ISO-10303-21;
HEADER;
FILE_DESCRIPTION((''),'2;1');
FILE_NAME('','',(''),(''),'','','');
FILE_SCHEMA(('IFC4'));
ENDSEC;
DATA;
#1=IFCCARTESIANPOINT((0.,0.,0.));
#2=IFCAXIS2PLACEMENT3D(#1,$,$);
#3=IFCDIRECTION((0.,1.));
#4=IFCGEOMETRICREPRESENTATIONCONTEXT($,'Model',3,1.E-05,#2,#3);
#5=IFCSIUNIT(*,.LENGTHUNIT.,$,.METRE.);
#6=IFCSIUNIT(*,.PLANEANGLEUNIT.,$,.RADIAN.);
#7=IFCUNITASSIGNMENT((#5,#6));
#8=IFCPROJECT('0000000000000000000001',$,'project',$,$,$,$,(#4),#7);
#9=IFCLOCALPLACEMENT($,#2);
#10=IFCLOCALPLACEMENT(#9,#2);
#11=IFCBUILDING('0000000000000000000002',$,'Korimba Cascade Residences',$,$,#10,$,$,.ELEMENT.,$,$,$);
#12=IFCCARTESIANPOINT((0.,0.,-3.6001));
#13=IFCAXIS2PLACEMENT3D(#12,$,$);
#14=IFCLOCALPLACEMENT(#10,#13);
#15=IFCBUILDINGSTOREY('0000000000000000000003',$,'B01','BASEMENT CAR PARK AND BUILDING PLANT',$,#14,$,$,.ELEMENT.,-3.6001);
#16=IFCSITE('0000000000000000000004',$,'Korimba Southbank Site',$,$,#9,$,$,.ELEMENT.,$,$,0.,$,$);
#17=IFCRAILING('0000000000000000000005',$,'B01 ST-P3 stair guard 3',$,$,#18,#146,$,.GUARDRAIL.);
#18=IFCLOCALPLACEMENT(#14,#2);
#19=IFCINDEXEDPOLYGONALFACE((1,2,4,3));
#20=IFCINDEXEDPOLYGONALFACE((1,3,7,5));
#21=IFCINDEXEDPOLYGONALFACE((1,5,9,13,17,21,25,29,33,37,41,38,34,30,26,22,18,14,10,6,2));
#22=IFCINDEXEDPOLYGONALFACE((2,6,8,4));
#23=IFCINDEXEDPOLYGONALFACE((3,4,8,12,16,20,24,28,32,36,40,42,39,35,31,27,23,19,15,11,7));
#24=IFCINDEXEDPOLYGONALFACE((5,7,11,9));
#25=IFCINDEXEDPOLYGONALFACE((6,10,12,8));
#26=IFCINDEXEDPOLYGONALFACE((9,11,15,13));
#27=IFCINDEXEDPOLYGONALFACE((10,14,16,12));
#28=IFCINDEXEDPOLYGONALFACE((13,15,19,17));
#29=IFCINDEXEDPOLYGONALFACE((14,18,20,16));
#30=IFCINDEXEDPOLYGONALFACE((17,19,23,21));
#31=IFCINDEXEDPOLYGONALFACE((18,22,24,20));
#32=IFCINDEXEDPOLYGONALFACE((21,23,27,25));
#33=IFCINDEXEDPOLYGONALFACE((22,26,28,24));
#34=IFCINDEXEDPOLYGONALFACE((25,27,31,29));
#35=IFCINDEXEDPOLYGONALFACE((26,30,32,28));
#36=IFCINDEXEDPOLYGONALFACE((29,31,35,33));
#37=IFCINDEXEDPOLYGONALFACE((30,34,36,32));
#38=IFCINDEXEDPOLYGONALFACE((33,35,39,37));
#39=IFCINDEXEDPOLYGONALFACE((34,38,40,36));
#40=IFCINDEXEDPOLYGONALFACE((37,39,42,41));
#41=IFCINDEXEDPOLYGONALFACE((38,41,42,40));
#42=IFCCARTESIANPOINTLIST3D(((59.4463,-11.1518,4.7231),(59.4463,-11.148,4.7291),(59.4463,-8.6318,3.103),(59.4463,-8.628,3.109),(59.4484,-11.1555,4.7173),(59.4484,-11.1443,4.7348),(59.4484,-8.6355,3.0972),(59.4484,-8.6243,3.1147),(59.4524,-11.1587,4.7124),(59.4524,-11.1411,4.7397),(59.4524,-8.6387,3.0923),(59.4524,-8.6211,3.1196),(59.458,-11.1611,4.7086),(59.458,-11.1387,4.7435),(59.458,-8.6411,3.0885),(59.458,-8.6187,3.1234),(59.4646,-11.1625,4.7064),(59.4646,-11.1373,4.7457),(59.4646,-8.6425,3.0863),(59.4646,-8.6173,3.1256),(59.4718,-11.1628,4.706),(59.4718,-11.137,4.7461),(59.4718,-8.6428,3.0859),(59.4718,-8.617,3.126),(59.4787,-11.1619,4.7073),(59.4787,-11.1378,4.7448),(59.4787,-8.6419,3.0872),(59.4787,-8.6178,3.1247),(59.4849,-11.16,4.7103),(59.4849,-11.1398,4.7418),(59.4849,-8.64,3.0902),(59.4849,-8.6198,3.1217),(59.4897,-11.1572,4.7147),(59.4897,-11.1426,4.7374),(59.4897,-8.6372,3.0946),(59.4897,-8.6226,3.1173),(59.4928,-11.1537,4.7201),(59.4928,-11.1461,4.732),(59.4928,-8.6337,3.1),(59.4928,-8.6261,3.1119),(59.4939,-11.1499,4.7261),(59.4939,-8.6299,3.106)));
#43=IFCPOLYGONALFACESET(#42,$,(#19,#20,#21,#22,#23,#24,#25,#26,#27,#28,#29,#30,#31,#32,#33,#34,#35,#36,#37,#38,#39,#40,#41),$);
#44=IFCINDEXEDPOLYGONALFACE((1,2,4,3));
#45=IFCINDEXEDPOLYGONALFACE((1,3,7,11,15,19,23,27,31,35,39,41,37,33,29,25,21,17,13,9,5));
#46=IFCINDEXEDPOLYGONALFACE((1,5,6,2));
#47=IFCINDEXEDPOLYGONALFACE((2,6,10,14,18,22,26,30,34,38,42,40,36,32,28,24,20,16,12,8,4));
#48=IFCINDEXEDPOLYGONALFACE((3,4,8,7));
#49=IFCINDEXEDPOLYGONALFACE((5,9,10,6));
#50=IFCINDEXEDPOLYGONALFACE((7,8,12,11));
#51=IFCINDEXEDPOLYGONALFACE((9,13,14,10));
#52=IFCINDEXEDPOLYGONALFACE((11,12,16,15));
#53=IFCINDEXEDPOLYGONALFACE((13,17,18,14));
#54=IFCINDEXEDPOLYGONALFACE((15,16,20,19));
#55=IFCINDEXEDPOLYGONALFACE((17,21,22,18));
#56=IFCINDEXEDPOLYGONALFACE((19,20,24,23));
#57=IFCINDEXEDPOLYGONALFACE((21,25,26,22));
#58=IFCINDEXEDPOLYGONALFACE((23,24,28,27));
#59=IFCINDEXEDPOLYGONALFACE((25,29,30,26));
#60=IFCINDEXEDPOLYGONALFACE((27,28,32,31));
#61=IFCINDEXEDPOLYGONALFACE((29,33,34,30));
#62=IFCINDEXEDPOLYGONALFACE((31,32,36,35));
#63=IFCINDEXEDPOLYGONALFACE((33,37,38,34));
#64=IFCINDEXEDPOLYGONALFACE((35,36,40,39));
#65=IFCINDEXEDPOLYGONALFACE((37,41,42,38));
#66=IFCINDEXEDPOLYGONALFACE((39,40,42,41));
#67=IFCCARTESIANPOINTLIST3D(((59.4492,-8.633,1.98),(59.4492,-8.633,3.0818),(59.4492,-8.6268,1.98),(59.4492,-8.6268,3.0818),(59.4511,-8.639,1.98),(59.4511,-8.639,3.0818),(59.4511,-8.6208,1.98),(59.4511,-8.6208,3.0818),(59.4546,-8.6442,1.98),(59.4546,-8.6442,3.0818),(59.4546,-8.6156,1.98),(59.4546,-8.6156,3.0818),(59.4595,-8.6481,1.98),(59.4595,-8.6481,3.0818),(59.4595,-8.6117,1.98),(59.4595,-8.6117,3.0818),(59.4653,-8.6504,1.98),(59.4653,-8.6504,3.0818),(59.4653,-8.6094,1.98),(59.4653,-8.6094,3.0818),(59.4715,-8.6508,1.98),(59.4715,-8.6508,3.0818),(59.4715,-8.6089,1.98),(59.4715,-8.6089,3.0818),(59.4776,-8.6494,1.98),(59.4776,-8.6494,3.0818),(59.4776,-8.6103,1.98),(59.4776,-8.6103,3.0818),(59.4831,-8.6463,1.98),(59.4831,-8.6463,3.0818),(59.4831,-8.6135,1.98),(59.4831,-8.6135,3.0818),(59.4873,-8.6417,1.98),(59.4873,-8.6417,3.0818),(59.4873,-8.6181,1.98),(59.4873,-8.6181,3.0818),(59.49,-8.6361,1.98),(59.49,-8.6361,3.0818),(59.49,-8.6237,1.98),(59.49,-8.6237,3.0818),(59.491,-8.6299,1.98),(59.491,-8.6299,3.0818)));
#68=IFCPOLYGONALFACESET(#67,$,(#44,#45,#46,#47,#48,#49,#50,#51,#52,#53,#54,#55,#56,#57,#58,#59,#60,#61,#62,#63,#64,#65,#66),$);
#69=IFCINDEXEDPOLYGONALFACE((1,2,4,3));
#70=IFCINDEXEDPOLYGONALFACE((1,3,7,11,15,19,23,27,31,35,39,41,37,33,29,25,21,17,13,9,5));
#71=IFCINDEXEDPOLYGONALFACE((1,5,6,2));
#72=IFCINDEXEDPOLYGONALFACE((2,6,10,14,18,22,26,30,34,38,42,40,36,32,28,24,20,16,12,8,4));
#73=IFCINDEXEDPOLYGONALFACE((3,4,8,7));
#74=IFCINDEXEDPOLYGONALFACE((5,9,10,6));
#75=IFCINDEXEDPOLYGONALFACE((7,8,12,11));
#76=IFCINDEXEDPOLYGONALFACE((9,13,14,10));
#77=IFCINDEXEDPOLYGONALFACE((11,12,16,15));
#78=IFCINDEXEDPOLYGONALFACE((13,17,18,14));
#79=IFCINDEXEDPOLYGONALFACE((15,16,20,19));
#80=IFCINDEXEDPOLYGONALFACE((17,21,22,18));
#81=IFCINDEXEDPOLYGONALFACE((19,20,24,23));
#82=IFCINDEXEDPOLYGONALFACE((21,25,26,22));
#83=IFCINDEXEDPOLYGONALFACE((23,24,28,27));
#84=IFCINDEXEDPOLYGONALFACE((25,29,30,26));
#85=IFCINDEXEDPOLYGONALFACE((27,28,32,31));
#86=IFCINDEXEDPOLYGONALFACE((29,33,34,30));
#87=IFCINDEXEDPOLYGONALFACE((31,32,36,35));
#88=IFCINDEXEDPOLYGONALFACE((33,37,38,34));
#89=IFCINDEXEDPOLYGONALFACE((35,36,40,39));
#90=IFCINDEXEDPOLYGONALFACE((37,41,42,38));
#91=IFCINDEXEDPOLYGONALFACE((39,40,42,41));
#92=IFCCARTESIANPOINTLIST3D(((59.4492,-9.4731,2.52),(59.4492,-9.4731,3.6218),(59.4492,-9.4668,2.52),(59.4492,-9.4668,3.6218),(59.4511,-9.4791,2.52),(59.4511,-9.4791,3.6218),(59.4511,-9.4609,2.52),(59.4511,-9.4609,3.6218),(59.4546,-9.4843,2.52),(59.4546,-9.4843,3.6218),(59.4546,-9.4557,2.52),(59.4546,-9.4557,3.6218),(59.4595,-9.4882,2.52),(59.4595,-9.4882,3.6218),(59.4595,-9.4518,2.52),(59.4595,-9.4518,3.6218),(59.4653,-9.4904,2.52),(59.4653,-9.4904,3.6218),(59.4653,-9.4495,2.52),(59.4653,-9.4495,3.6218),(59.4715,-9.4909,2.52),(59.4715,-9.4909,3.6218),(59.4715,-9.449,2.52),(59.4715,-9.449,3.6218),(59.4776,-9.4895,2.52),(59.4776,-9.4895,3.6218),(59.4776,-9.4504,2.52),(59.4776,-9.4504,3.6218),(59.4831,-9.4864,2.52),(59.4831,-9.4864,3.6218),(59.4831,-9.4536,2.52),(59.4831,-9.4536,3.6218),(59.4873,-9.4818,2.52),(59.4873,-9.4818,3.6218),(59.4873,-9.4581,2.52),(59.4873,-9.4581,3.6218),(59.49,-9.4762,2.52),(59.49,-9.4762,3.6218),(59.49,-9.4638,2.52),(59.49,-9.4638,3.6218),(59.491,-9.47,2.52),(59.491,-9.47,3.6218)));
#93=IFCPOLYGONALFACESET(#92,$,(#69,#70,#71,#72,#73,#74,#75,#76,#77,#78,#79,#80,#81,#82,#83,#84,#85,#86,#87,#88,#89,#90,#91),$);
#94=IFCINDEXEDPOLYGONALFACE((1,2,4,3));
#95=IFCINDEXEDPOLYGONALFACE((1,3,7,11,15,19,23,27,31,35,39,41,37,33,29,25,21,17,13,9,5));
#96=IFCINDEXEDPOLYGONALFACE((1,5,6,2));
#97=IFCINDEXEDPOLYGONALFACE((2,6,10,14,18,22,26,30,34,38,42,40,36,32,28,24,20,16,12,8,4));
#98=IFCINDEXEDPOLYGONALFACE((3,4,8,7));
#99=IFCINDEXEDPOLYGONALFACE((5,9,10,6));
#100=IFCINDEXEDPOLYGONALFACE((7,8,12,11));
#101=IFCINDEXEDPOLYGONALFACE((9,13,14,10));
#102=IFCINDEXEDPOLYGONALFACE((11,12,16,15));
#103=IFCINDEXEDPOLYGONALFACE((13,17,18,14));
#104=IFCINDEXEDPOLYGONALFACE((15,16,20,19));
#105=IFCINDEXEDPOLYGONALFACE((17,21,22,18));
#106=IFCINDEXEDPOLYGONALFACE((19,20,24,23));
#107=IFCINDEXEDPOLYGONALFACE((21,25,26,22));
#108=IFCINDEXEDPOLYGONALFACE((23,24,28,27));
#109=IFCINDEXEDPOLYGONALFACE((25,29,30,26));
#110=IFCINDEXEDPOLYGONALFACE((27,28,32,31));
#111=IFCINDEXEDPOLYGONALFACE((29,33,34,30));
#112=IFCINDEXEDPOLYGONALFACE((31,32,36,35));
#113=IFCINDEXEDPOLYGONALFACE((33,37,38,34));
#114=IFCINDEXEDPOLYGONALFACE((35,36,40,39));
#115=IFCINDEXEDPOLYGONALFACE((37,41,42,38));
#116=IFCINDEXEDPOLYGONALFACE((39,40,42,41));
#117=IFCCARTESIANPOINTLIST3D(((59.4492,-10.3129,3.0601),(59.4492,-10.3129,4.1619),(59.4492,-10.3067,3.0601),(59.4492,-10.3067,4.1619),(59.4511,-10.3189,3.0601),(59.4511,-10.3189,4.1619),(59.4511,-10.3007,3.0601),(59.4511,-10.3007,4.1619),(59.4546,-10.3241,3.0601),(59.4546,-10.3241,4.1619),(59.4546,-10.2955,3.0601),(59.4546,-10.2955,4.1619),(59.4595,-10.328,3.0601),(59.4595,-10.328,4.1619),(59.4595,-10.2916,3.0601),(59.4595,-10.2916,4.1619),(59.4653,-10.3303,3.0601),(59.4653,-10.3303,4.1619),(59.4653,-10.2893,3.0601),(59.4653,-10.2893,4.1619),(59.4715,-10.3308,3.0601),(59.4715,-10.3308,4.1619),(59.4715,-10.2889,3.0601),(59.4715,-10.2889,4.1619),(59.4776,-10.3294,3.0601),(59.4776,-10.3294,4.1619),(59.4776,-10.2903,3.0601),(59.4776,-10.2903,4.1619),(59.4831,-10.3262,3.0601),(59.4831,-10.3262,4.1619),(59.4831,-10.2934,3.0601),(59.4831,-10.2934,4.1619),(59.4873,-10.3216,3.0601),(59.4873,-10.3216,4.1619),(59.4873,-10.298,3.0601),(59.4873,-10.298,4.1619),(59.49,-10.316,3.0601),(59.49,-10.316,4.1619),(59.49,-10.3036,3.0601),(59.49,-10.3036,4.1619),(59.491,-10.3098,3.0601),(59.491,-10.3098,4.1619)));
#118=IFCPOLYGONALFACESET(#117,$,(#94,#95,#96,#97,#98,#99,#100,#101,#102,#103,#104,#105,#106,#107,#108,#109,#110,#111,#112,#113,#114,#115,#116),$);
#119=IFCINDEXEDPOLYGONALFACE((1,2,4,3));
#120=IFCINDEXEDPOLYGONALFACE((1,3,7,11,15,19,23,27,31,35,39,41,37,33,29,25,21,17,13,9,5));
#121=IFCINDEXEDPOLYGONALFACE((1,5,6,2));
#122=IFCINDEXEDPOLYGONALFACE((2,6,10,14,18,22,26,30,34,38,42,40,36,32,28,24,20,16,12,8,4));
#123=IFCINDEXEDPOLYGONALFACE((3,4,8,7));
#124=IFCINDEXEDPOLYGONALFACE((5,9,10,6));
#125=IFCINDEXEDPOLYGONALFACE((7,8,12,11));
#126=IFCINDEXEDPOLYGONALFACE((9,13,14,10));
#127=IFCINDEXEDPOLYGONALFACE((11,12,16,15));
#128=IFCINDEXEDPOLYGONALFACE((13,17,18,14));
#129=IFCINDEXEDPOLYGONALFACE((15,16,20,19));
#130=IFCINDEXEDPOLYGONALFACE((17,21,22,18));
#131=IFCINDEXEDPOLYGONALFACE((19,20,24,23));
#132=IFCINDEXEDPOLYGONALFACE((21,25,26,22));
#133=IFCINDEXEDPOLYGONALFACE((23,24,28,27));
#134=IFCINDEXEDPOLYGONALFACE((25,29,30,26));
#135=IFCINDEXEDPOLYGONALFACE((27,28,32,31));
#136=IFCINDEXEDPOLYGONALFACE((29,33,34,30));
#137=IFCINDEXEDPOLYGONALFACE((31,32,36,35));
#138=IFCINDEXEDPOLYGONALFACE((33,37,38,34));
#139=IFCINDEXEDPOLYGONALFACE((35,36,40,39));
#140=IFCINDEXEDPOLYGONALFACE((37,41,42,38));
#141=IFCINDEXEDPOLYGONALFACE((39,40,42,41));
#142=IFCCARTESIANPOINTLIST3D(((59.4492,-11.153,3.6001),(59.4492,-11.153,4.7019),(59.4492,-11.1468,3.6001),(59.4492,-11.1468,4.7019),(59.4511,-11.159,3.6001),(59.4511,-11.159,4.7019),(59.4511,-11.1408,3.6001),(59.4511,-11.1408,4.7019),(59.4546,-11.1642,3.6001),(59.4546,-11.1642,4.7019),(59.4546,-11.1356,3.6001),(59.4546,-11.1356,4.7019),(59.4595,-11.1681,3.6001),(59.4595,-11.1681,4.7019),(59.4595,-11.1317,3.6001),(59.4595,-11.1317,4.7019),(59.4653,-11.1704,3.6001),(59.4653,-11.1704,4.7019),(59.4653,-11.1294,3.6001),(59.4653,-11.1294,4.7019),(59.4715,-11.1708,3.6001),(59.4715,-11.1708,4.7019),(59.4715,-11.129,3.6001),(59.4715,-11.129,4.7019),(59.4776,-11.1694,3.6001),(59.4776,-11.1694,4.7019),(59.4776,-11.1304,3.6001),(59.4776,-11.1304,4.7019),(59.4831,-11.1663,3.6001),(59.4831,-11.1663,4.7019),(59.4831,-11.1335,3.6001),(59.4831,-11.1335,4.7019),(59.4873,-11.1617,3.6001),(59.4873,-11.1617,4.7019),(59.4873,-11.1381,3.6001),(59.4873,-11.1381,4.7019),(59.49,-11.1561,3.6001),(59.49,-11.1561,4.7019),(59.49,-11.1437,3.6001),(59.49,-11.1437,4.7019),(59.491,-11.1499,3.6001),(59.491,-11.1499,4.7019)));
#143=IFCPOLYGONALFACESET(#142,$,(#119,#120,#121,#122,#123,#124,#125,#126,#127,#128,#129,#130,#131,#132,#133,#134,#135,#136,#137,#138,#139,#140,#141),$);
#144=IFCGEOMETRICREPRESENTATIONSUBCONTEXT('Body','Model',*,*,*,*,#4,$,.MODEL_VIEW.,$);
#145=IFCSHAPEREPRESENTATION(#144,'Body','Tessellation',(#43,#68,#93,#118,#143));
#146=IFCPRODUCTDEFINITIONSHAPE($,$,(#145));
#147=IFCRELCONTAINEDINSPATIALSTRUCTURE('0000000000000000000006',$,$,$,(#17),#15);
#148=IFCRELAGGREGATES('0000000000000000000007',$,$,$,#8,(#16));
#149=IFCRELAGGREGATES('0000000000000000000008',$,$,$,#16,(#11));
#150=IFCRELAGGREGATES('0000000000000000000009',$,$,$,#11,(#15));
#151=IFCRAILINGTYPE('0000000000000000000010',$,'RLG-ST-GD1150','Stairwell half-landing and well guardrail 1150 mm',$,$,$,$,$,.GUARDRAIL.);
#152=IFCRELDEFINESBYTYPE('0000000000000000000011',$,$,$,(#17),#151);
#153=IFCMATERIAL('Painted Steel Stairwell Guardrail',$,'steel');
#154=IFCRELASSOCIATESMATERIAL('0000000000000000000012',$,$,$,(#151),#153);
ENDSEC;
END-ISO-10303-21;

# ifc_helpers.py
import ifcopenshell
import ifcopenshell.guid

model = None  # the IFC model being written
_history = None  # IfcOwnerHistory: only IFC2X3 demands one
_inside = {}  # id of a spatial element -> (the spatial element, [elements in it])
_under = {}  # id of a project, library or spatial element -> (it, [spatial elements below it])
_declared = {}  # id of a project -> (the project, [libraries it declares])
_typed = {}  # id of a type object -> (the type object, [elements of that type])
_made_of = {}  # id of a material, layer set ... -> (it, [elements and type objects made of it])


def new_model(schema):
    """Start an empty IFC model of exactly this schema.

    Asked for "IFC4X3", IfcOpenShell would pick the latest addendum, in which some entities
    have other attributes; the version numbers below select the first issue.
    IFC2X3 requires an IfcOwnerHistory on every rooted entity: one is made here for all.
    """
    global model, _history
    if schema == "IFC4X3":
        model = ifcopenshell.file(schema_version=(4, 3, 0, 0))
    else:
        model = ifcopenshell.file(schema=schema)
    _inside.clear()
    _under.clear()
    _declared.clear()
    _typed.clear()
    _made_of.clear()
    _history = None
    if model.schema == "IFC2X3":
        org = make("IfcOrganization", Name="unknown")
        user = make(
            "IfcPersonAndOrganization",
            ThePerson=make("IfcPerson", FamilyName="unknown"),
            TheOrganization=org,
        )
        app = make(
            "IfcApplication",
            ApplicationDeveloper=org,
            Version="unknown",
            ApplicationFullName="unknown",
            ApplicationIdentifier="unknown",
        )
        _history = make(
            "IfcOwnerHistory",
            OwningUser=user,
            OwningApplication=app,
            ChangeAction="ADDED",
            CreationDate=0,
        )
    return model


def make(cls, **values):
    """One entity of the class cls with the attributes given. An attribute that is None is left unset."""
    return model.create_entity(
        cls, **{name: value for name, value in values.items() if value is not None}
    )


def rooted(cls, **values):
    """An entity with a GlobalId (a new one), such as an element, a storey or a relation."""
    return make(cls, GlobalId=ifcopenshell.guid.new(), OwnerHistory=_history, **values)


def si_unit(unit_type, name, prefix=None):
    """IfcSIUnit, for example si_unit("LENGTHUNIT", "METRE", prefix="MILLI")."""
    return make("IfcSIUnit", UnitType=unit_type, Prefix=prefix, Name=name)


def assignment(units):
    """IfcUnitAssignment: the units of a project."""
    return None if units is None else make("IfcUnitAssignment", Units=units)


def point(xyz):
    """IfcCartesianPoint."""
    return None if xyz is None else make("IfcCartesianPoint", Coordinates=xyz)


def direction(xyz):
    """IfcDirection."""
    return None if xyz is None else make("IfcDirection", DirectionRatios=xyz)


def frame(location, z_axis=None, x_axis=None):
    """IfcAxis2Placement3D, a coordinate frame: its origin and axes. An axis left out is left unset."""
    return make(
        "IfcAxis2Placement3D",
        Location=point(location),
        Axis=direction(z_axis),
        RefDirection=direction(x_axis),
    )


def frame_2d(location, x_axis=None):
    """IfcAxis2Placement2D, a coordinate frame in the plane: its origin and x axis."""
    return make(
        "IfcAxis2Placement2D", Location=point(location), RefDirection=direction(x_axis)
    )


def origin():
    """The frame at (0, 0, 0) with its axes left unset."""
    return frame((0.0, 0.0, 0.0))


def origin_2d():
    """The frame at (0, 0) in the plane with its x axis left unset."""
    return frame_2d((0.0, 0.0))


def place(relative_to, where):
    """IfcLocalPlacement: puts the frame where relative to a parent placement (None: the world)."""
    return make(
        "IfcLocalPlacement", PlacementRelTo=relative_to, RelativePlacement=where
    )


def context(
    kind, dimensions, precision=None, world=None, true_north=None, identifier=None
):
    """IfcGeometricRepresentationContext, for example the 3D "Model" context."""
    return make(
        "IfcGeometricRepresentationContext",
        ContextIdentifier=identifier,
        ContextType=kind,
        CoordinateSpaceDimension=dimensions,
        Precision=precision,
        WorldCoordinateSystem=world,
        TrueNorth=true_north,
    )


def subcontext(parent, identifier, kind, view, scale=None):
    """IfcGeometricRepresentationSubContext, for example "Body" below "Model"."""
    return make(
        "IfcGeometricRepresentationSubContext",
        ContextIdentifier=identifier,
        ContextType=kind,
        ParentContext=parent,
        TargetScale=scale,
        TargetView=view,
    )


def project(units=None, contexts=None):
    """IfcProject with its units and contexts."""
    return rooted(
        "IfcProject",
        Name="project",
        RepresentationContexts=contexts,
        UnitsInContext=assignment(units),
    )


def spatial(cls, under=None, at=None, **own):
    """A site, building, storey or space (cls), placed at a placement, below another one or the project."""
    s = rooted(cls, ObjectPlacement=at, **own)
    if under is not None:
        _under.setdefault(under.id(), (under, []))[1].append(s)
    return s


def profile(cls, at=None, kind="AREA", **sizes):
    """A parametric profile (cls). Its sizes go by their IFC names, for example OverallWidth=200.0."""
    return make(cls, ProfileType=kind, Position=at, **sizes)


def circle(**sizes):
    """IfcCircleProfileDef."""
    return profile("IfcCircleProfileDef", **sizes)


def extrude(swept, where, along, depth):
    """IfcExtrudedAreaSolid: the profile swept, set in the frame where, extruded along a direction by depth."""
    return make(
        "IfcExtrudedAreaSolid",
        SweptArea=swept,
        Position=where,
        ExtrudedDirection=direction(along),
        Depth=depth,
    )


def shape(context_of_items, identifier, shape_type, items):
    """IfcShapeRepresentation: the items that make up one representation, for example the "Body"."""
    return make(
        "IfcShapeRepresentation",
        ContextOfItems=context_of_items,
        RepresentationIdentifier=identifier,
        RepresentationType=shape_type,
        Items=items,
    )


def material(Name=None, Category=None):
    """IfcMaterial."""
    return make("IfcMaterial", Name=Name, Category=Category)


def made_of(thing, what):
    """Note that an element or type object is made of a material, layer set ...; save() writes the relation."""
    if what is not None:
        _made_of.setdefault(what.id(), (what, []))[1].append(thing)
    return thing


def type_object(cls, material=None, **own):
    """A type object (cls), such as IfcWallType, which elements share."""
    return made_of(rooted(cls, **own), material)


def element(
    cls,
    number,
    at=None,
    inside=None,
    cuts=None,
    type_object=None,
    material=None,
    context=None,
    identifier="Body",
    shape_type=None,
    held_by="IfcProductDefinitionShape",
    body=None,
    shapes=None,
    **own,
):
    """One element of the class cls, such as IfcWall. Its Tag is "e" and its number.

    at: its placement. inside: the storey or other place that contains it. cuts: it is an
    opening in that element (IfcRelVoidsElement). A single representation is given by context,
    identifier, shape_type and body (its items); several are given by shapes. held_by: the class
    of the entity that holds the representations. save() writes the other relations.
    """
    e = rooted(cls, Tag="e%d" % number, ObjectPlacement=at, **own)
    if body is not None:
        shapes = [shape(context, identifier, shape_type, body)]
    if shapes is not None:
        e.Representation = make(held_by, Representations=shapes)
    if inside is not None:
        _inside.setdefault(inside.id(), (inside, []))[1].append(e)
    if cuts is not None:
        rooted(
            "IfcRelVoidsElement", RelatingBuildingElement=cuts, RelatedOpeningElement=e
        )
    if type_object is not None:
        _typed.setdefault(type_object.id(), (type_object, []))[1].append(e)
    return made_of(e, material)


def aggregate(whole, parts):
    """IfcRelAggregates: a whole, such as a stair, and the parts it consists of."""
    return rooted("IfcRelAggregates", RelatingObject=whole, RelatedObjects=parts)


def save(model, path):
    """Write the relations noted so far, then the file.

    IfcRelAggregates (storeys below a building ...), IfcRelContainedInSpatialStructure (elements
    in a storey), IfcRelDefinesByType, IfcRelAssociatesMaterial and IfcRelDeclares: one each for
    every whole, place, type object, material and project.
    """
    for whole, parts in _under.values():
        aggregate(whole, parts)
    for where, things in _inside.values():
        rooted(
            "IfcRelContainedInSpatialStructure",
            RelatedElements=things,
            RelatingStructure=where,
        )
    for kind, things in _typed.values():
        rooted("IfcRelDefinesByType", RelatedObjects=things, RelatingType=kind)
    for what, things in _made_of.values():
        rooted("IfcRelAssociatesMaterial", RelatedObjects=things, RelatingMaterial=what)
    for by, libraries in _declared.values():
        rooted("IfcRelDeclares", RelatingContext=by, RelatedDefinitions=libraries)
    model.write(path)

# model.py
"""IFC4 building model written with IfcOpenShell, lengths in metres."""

from ifc_helpers import new_model, si_unit, direction, frame, origin, origin_2d, place, context, subcontext, project, spatial, circle, extrude, material, type_object, element, save


model = new_model("IFC4")

# Units and contexts
model_context = context("Model", 3, precision=1e-05, world=origin(), true_north=direction((0.0, 1.0)))
body_context = subcontext(model_context, "Body", "Model", "MODEL_VIEW")
ifc_project = project(units=[si_unit("LENGTHUNIT", "METRE"), si_unit("PLANEANGLEUNIT", "RADIAN")], contexts=[model_context])

# Site, building, storey
site_placement = place(None, origin())
site = spatial("IfcSite", under=ifc_project, at=site_placement, Name="Korimba Southbank Site", CompositionType="ELEMENT", RefElevation=0.0)
building_placement = place(site_placement, origin())
building = spatial("IfcBuilding", under=site, at=building_placement, Name="Korimba Cascade Residences", CompositionType="ELEMENT")
storey_placement = place(building_placement, frame((0.0, 0.0, -3.6001)))
storey = spatial("IfcBuildingStorey", under=building, at=storey_placement, Name="B01", Description="BASEMENT CAR PARK AND BUILDING PLANT", CompositionType="ELEMENT", Elevation=-3.6001)

# Railing
ifc_material_1 = material(Name="Painted Steel Stairwell Guardrail", Category="steel")
railing_type_1 = type_object("IfcRailingType", Name="RLG-ST-GD1150", Description="Stairwell half-landing and well guardrail 1150 mm", PredefinedType="GUARDRAIL", material=ifc_material_1)
railing_1_placement = place(storey_placement, frame((59.47, -8.6299, 1.98)))
element("IfcRailing", 1, at=railing_1_placement, inside=storey, type_object=railing_type_1, Name="B01 ST-P3 stair guard 3", PredefinedType="GUARDRAIL", context=body_context, shape_type="SweptSolid", body=[
    extrude(circle(Radius=0.0239, at=origin_2d()), frame((0.0, 0.0, 1.126), z_axis=(0.0, -0.841163, 0.540782), x_axis=(1.0, 0.0, 0.0)), (0.0, 0.0, 1.0), 2.9958),
    extrude(circle(Radius=0.021, at=origin_2d()), origin(), (0.0, 0.0, 1.0), 1.1018),
    extrude(circle(Radius=0.021, at=origin_2d()), frame((0.0, -0.8401, 0.54)), (0.0, 0.0, 1.0), 1.1018),
    extrude(circle(Radius=0.021, at=origin_2d()), frame((0.0, -1.6799, 1.0801)), (0.0, 0.0, 1.0), 1.1018),
    extrude(circle(Radius=0.021, at=origin_2d()), frame((0.0, -2.52, 1.6201)), (0.0, 0.0, 1.0), 1.1018),
])

save(model, "model.ifc")
